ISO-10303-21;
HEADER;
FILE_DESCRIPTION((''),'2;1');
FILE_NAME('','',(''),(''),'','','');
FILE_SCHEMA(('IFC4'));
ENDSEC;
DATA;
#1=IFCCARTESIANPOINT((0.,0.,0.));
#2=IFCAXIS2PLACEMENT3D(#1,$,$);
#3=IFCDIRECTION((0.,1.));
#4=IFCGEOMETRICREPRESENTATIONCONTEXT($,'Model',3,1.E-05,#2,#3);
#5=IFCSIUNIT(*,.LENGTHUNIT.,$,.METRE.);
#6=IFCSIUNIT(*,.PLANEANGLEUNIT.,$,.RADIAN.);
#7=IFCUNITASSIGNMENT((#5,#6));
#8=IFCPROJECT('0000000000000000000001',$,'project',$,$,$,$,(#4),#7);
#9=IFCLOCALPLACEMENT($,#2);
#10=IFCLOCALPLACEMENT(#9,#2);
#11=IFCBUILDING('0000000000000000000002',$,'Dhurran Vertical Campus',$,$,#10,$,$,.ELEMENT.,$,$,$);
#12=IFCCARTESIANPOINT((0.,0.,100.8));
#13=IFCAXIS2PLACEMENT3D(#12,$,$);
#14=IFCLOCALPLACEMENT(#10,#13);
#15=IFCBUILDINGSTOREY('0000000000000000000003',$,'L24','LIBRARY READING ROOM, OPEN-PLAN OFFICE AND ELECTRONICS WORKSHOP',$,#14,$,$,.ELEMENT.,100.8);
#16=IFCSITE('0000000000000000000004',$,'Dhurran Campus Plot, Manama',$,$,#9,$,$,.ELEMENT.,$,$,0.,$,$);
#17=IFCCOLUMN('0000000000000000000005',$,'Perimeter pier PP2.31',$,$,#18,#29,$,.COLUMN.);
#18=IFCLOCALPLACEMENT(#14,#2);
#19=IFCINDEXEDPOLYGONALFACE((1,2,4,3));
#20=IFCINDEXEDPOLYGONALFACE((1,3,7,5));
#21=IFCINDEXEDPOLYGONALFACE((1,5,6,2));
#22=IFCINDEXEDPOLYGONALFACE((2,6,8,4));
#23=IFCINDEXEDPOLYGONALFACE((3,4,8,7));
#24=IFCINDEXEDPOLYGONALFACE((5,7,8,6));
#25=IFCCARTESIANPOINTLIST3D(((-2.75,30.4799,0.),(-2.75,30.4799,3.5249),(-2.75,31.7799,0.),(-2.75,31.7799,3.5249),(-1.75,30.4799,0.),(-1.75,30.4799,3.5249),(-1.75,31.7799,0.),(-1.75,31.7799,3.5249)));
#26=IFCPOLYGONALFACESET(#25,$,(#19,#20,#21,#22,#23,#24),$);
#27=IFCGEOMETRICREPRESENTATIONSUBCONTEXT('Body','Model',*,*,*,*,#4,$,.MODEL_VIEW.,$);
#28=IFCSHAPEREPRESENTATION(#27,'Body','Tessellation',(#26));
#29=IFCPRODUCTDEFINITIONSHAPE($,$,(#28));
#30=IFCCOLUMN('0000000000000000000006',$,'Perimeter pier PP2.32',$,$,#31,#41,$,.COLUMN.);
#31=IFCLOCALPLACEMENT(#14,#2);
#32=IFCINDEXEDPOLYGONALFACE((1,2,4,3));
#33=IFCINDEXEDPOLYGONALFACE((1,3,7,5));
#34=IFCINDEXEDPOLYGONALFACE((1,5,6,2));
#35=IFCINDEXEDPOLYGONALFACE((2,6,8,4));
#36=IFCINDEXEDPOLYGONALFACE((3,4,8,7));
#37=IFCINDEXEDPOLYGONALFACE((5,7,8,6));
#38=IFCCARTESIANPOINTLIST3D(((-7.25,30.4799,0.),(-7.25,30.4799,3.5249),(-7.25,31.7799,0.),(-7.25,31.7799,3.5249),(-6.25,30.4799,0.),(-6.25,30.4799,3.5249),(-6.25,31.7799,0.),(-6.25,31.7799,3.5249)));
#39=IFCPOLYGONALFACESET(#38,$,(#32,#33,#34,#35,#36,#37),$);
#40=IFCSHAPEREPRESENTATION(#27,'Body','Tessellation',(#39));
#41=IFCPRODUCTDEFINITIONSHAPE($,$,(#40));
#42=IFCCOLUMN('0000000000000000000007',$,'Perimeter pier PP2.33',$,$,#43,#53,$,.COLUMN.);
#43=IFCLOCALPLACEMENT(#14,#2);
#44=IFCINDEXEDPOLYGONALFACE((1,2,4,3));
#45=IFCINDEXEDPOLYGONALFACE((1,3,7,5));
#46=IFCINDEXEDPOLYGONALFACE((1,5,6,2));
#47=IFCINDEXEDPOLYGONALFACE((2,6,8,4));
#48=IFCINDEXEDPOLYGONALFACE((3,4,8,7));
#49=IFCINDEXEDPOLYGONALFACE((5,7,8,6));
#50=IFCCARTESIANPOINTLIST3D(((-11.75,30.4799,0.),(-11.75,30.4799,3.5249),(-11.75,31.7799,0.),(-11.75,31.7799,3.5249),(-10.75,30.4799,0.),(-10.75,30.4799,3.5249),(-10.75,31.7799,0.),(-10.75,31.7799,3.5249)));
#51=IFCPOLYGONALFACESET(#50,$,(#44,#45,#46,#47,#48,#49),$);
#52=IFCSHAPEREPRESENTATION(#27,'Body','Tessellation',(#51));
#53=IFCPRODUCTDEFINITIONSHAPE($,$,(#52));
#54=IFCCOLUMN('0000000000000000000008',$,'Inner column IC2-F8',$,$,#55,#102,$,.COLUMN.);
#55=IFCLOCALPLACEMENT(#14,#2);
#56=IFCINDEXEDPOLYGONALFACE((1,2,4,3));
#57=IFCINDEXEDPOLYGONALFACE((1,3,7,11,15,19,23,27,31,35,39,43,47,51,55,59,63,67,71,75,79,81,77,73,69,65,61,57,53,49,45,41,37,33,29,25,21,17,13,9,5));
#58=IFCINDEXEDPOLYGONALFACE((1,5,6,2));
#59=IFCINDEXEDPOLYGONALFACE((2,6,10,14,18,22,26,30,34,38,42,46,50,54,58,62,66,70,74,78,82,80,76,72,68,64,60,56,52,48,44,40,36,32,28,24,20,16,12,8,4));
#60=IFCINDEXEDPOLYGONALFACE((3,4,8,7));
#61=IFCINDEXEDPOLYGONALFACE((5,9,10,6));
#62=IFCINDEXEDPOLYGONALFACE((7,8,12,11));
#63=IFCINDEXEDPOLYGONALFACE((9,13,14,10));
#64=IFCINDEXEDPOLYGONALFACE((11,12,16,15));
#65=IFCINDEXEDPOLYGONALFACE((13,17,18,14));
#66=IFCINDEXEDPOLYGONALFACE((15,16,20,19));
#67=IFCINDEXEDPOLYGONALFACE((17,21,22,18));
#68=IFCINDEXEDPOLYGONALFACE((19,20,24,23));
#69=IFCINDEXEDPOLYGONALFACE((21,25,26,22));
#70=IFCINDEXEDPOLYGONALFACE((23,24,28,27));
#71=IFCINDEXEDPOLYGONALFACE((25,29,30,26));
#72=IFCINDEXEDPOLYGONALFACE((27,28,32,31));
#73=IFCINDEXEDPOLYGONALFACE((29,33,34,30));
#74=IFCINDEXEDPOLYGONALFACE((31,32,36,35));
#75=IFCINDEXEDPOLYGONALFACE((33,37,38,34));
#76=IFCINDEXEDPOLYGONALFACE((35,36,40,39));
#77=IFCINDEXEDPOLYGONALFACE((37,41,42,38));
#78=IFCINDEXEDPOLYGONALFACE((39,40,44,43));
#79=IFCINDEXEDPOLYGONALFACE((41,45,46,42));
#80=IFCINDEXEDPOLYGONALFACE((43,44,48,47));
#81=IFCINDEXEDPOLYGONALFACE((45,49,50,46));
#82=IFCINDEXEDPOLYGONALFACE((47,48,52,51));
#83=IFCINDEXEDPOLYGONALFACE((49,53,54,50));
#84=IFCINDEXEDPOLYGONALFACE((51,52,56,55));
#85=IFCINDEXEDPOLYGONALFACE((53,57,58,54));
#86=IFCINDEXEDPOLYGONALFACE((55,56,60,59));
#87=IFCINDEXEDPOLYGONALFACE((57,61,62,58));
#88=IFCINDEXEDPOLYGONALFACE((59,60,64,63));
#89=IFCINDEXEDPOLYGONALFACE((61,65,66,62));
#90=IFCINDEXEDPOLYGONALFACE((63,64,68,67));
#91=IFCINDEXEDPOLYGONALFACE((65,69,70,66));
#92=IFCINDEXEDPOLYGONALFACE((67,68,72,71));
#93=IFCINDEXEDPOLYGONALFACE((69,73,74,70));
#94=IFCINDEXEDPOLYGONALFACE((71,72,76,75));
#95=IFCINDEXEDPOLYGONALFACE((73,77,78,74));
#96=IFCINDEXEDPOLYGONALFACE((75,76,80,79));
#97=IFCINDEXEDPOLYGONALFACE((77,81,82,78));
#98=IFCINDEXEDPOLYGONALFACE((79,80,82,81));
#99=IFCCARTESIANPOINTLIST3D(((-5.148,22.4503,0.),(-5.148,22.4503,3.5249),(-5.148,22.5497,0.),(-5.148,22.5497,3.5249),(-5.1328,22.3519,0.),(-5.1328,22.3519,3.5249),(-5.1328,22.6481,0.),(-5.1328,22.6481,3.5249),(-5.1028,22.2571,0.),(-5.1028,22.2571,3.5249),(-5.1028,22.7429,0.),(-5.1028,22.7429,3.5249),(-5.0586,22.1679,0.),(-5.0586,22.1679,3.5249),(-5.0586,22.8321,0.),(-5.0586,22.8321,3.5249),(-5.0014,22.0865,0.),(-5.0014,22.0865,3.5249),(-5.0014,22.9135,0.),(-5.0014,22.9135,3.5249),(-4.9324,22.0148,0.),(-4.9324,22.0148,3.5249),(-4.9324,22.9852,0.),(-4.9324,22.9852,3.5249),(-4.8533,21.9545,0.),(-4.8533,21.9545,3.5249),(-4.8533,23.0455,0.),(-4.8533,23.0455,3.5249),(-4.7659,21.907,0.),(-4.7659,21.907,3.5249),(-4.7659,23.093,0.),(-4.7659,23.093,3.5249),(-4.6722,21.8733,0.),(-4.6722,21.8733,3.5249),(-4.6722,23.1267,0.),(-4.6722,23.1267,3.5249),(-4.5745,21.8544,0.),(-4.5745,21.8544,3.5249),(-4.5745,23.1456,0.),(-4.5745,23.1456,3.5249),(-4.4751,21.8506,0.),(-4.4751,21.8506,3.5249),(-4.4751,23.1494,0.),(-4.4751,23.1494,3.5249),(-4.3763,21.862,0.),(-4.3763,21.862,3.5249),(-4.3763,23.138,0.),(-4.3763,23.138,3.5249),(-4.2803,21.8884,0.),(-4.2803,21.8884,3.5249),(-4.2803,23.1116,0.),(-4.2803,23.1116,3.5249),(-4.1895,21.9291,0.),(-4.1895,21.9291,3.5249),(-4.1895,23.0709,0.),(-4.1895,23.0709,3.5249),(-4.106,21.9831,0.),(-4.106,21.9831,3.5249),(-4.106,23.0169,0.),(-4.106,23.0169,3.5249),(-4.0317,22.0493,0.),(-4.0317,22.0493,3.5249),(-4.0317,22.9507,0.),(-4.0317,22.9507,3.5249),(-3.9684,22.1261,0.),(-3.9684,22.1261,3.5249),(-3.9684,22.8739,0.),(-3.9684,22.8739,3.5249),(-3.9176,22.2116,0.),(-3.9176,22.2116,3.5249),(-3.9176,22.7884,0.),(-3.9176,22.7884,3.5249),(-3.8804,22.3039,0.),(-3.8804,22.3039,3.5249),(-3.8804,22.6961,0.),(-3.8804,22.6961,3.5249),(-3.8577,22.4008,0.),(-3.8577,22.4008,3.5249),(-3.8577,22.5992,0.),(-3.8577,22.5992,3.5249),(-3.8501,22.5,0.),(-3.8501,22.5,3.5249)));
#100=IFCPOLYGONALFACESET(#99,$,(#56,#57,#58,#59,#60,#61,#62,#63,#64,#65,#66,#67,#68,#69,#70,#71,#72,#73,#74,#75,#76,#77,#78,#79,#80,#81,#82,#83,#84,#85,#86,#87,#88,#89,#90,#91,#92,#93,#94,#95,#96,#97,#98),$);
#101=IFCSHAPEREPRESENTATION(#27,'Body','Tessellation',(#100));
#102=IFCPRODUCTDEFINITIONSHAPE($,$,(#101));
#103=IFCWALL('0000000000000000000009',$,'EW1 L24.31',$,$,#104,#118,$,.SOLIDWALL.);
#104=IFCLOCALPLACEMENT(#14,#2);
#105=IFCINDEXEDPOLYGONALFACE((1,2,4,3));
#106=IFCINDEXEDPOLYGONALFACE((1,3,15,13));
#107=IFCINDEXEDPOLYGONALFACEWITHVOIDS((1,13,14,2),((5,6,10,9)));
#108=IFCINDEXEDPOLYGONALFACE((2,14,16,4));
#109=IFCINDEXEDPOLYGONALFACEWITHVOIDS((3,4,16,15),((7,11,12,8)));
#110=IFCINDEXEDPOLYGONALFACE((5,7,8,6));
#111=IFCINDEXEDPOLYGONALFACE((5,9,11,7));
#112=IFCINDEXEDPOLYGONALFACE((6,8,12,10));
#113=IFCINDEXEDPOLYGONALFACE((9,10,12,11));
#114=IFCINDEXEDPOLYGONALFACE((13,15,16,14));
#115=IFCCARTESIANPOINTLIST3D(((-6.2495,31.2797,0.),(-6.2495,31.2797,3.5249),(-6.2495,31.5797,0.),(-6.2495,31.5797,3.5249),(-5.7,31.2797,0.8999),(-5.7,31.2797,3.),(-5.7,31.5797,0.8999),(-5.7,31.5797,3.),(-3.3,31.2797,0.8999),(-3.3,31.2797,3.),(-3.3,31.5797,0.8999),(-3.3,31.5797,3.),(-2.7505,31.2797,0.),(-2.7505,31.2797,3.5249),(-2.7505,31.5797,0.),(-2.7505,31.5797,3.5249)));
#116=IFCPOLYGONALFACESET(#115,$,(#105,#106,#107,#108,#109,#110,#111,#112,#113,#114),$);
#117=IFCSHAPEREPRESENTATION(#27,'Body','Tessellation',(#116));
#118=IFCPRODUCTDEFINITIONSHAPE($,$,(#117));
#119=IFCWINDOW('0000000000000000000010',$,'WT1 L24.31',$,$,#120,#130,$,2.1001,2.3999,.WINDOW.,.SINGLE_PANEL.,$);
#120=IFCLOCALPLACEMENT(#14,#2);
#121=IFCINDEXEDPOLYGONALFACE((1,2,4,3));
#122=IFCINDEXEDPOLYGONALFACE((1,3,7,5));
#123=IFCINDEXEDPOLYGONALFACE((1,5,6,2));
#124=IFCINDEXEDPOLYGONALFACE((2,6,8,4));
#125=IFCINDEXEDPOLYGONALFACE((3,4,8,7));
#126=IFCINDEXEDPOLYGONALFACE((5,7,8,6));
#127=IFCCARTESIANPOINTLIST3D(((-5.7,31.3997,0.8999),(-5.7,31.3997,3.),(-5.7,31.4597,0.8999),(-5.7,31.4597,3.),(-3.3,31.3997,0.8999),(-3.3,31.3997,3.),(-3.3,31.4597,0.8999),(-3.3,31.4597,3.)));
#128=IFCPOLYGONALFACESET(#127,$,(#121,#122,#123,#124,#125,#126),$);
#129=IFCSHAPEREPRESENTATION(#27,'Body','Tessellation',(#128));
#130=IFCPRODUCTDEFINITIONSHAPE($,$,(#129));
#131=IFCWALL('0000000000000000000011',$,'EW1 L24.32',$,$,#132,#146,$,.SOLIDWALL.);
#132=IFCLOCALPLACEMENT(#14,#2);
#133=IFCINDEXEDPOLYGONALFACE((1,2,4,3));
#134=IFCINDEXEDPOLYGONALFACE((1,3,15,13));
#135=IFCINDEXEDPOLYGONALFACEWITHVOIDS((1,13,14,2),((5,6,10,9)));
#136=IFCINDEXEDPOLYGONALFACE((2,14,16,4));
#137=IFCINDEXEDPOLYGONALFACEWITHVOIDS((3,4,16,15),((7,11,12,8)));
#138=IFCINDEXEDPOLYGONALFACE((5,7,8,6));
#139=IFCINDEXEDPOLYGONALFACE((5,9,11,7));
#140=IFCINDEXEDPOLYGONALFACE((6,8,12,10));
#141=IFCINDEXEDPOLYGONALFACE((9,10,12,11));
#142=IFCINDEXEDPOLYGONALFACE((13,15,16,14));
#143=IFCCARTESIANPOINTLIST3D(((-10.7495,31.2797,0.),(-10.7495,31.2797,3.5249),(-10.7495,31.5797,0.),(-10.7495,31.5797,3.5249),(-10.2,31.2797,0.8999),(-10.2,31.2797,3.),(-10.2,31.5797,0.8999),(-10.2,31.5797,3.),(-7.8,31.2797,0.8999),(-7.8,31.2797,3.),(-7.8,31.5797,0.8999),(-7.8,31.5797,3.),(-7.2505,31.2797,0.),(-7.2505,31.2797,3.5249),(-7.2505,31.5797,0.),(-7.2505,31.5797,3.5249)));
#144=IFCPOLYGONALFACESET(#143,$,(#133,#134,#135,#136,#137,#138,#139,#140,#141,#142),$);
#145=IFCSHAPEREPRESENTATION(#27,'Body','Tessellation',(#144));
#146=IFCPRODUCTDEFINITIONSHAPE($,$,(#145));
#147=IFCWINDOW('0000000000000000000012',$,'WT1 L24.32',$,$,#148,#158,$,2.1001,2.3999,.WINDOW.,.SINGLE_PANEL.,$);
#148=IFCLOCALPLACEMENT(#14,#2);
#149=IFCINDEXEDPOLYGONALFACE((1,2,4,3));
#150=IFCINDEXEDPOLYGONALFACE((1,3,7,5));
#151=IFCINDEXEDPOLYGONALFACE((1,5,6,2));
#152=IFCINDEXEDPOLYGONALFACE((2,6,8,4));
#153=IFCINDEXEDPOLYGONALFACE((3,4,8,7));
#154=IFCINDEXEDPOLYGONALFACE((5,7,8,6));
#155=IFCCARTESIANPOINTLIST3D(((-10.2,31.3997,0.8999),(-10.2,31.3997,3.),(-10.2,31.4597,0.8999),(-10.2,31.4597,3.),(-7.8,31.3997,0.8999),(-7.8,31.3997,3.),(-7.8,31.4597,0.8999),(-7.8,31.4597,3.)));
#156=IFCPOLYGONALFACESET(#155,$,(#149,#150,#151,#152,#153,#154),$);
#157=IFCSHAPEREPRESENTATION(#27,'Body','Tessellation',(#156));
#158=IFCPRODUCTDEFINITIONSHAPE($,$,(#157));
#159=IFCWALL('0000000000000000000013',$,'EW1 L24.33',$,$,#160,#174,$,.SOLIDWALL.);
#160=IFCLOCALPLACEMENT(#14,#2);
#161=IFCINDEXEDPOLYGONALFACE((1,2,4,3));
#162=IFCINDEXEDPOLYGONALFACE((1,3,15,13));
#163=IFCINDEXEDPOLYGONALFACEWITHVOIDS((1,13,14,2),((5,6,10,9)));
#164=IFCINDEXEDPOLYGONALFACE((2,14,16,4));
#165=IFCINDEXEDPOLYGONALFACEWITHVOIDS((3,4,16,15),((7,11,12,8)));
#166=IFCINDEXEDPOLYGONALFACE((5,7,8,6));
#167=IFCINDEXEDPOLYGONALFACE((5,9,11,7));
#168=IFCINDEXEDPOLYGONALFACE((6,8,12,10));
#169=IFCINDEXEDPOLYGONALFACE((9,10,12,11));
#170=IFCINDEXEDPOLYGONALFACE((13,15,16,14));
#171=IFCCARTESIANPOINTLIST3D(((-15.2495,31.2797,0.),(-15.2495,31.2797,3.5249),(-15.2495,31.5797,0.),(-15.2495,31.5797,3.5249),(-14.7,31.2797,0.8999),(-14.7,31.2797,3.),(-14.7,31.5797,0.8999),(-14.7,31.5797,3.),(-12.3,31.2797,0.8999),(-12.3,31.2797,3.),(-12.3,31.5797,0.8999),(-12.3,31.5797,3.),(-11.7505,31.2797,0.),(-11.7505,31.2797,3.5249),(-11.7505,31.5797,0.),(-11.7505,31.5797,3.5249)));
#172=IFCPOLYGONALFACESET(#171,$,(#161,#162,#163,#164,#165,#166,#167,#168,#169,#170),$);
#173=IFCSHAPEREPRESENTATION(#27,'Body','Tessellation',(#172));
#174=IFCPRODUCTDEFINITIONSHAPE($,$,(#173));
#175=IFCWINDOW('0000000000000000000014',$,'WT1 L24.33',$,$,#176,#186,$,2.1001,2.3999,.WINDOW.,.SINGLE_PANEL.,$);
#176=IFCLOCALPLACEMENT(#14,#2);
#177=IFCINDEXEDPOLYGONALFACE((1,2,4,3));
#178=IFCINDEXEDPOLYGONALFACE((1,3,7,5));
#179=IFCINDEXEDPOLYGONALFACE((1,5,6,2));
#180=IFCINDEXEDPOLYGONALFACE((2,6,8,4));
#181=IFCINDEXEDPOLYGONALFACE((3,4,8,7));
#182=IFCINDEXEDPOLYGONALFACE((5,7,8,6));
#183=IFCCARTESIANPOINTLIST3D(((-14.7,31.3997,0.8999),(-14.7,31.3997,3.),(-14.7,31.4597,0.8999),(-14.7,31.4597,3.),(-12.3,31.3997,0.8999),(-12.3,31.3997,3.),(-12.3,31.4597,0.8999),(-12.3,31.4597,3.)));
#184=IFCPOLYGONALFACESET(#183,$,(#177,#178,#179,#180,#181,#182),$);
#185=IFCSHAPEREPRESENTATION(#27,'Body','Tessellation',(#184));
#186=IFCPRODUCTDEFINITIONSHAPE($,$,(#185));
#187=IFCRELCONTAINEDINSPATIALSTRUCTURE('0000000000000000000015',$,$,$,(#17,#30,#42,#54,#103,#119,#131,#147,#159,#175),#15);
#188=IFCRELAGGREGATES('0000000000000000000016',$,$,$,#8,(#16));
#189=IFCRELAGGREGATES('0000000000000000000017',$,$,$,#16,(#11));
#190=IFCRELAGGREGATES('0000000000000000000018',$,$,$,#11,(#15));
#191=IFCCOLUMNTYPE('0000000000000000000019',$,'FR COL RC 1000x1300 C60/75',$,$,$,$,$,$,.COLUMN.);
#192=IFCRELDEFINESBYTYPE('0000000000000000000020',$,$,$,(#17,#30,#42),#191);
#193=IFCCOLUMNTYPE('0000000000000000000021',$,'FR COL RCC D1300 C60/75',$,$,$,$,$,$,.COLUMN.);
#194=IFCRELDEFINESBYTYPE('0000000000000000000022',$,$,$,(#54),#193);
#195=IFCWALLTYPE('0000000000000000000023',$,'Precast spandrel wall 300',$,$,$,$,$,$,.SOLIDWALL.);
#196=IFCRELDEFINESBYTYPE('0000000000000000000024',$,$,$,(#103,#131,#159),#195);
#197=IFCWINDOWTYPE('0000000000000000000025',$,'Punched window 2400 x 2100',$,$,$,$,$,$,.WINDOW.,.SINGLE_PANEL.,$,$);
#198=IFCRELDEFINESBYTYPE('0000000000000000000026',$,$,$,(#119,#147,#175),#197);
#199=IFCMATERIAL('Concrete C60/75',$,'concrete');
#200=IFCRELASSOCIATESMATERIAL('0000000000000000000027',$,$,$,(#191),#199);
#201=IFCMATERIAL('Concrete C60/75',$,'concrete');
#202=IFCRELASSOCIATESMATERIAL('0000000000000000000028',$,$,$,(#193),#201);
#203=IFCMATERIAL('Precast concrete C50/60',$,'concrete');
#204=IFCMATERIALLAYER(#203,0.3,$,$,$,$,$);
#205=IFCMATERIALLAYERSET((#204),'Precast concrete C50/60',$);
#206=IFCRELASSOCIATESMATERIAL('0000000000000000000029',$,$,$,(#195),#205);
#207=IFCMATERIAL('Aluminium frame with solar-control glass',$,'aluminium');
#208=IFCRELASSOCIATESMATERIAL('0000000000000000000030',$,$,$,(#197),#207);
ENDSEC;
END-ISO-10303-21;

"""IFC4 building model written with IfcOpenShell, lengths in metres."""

from ifc_helpers import new_model, si_unit, direction, frame, frame_2d, origin, origin_2d, place, context, subcontext, project, spatial, rectangle, circle, extrude, material, layer, layer_set, material_profile, profile_set, type_object, element, fill, save


model = new_model("IFC4")

# Units and contexts
model_context = context("Model", 3, precision=1e-05, world=origin(), true_north=direction((0.0, 1.0)))
body_context = subcontext(model_context, "Body", "Model", "MODEL_VIEW")
ifc_project = project(units=[si_unit("LENGTHUNIT", "METRE"), si_unit("PLANEANGLEUNIT", "RADIAN")], contexts=[model_context])

# Site, building, storey
site_placement = place(None, origin())
site = spatial("IfcSite", under=ifc_project, at=site_placement, Name="Dhurran Campus Plot, Manama", CompositionType="ELEMENT", RefElevation=0.0)
building_placement = place(site_placement, origin())
building = spatial("IfcBuilding", under=site, at=building_placement, Name="Dhurran Vertical Campus", CompositionType="ELEMENT")
storey_placement = place(building_placement, frame((0.0, 0.0, 100.8)))
storey = spatial("IfcBuildingStorey", under=building, at=storey_placement, Name="L24", Description="LIBRARY READING ROOM, OPEN-PLAN OFFICE AND ELECTRONICS WORKSHOP", CompositionType="ELEMENT", Elevation=100.8)

# Columns
ifc_material_1 = material(Name="Concrete C60/75", Category="concrete")
ifc_material_profile_1 = material_profile(ifc_material_1, rectangle(XDim=1.0, YDim=1.3, at=origin_2d()), Name="RC 1000x1300")
ifc_profile_set_1 = profile_set([ifc_material_profile_1], Name="Concrete C60/75")
column_type_1 = type_object("IfcColumnType", Name="FR COL RC 1000x1300 C60/75", PredefinedType="COLUMN", material=ifc_profile_set_1)
for number, where, z_axis, x_axis, name in (
    (1, (-2.25, 31.1299, 0.0), (0.0, 0.0, 1.0), (-1.0, 0.0, 0.0), "Perimeter pier PP2.31"),
    (2, (-6.75, 31.1299, 0.0), (0.0, 0.0, 1.0), (-1.0, 0.0, 0.0), "Perimeter pier PP2.32"),
    (3, (-11.25, 31.1299, 0.0), (0.0, 0.0, 1.0), (-1.0, 0.0, 0.0), "Perimeter pier PP2.33"),
):
    element("IfcColumn", number, at=place(storey_placement, frame(where, z_axis=z_axis, x_axis=x_axis)), inside=storey, type_object=column_type_1, Name=name, PredefinedType="COLUMN", context=body_context, shape_type="SweptSolid", body=[
        extrude(rectangle(XDim=1.0, YDim=1.3, at=origin_2d()), origin(), (0.0, 0.0, 1.0), 3.5249),
    ])
ifc_material_2 = material(Name="Concrete C60/75", Category="concrete")
ifc_material_profile_2 = material_profile(ifc_material_2, circle(Radius=0.6499, at=origin_2d()), Name="RCC D1300")
ifc_profile_set_2 = profile_set([ifc_material_profile_2], Name="Concrete C60/75")
column_type_2 = type_object("IfcColumnType", Name="FR COL RCC D1300 C60/75", PredefinedType="COLUMN", material=ifc_profile_set_2)
column_placement = place(storey_placement, frame((-4.5, 22.5, 0.0), z_axis=(0.0, 0.0, 1.0), x_axis=(1.0, 0.0, 0.0)))
element("IfcColumn", 4, at=column_placement, inside=storey, type_object=column_type_2, Name="Inner column IC2-F8", PredefinedType="COLUMN", context=body_context, shape_type="SweptSolid", body=[
    extrude(circle(Radius=0.6499, at=origin_2d()), origin(), (0.0, 0.0, 1.0), 3.5249),
])

# Walls, openings, windows
ifc_material_3 = material(Name="Precast concrete C50/60", Category="concrete")
ifc_layer_1 = layer(ifc_material_3, 0.3)
ifc_layer_set_1 = layer_set([ifc_layer_1], Name="Precast concrete C50/60")
wall_type_1 = type_object("IfcWallType", Name="Precast spandrel wall 300", PredefinedType="SOLIDWALL", material=ifc_layer_set_1)
wall_1_placement = place(storey_placement, frame((-2.7505, 31.4297, 0.0), z_axis=(0.0, 0.0, 1.0), x_axis=(-1.0, 0.0, 0.0)))
wall_1 = element("IfcWall", 5, at=wall_1_placement, inside=storey, type_object=wall_type_1, Name="EW1 L24.31", PredefinedType="SOLIDWALL", context=body_context, shape_type="SweptSolid", body=[
    extrude(rectangle(XDim=3.499, YDim=0.3, at=frame_2d((1.7495, 0.0))), origin(), (0.0, 0.0, 1.0), 3.5249),
])
opening_1_placement = place(wall_1_placement, frame((0.5496, 0.0, 0.8999)))
opening_1 = element("IfcOpeningElement", 6, at=opening_1_placement, cuts=wall_1, PredefinedType="OPENING", context=body_context, shape_type="SweptSolid", body=[
    extrude(rectangle(XDim=2.3999, YDim=2.1001, at=frame_2d((1.2, 1.05))), frame((0.0, 0.1599, 0.0), z_axis=(0.0, -1.0, 0.0), x_axis=(1.0, 0.0, 0.0)), (0.0, 0.0, 1.0), 0.3201),
])
ifc_material_4 = material(Name="Aluminium frame with solar-control glass", Category="aluminium")
window_type = type_object("IfcWindowType", Name="Punched window 2400 x 2100", PartitioningType="SINGLE_PANEL", PredefinedType="WINDOW", material=ifc_material_4)
window_1_placement = place(opening_1_placement, origin())
window_1 = element("IfcWindow", 7, at=window_1_placement, inside=storey, type_object=window_type, Name="WT1 L24.31", OverallHeight=2.1001, OverallWidth=2.3999, PartitioningType="SINGLE_PANEL", PredefinedType="WINDOW", context=body_context, shape_type="SweptSolid", body=[
    extrude(rectangle(XDim=2.3999, YDim=2.1001, at=frame_2d((1.2, 1.05))), frame((0.0, 0.03, 0.0), z_axis=(0.0, -1.0, 0.0), x_axis=(1.0, 0.0, 0.0)), (0.0, 0.0, 1.0), 0.0601),
])
fill(opening_1, window_1)
wall_2_placement = place(storey_placement, frame((-7.2505, 31.4297, 0.0), z_axis=(0.0, 0.0, 1.0), x_axis=(-1.0, 0.0, 0.0)))
wall_2 = element("IfcWall", 8, at=wall_2_placement, inside=storey, type_object=wall_type_1, Name="EW1 L24.32", PredefinedType="SOLIDWALL", context=body_context, shape_type="SweptSolid", body=[
    extrude(rectangle(XDim=3.499, YDim=0.3, at=frame_2d((1.7495, 0.0))), origin(), (0.0, 0.0, 1.0), 3.5249),
])
opening_2_placement = place(wall_2_placement, frame((0.5496, 0.0, 0.8999)))
opening_2 = element("IfcOpeningElement", 9, at=opening_2_placement, cuts=wall_2, PredefinedType="OPENING", context=body_context, shape_type="SweptSolid", body=[
    extrude(rectangle(XDim=2.3999, YDim=2.1001, at=frame_2d((1.2, 1.05))), frame((0.0, 0.1599, 0.0), z_axis=(0.0, -1.0, 0.0), x_axis=(1.0, 0.0, 0.0)), (0.0, 0.0, 1.0), 0.3201),
])
window_2_placement = place(opening_2_placement, origin())
window_2 = element("IfcWindow", 10, at=window_2_placement, inside=storey, type_object=window_type, Name="WT1 L24.32", OverallHeight=2.1001, OverallWidth=2.3999, PartitioningType="SINGLE_PANEL", PredefinedType="WINDOW", context=body_context, shape_type="SweptSolid", body=[
    extrude(rectangle(XDim=2.3999, YDim=2.1001, at=frame_2d((1.2, 1.05))), frame((0.0, 0.03, 0.0), z_axis=(0.0, -1.0, 0.0), x_axis=(1.0, 0.0, 0.0)), (0.0, 0.0, 1.0), 0.0601),
])
fill(opening_2, window_2)
wall_3_placement = place(storey_placement, frame((-11.7505, 31.4297, 0.0), z_axis=(0.0, 0.0, 1.0), x_axis=(-1.0, 0.0, 0.0)))
wall_3 = element("IfcWall", 11, at=wall_3_placement, inside=storey, type_object=wall_type_1, Name="EW1 L24.33", PredefinedType="SOLIDWALL", context=body_context, shape_type="SweptSolid", body=[
    extrude(rectangle(XDim=3.499, YDim=0.3, at=frame_2d((1.7495, 0.0))), origin(), (0.0, 0.0, 1.0), 3.5249),
])
opening_3_placement = place(wall_3_placement, frame((0.5496, 0.0, 0.8999)))
opening_3 = element("IfcOpeningElement", 12, at=opening_3_placement, cuts=wall_3, PredefinedType="OPENING", context=body_context, shape_type="SweptSolid", body=[
    extrude(rectangle(XDim=2.3999, YDim=2.1001, at=frame_2d((1.2, 1.05))), frame((0.0, 0.1599, 0.0), z_axis=(0.0, -1.0, 0.0), x_axis=(1.0, 0.0, 0.0)), (0.0, 0.0, 1.0), 0.3201),
])
window_3_placement = place(opening_3_placement, origin())
window_3 = element("IfcWindow", 13, at=window_3_placement, inside=storey, type_object=window_type, Name="WT1 L24.33", OverallHeight=2.1001, OverallWidth=2.3999, PartitioningType="SINGLE_PANEL", PredefinedType="WINDOW", context=body_context, shape_type="SweptSolid", body=[
    extrude(rectangle(XDim=2.3999, YDim=2.1001, at=frame_2d((1.2, 1.05))), frame((0.0, 0.03, 0.0), z_axis=(0.0, -1.0, 0.0), x_axis=(1.0, 0.0, 0.0)), (0.0, 0.0, 1.0), 0.0601),
])
fill(opening_3, window_3)

save(model, "model.ifc")
